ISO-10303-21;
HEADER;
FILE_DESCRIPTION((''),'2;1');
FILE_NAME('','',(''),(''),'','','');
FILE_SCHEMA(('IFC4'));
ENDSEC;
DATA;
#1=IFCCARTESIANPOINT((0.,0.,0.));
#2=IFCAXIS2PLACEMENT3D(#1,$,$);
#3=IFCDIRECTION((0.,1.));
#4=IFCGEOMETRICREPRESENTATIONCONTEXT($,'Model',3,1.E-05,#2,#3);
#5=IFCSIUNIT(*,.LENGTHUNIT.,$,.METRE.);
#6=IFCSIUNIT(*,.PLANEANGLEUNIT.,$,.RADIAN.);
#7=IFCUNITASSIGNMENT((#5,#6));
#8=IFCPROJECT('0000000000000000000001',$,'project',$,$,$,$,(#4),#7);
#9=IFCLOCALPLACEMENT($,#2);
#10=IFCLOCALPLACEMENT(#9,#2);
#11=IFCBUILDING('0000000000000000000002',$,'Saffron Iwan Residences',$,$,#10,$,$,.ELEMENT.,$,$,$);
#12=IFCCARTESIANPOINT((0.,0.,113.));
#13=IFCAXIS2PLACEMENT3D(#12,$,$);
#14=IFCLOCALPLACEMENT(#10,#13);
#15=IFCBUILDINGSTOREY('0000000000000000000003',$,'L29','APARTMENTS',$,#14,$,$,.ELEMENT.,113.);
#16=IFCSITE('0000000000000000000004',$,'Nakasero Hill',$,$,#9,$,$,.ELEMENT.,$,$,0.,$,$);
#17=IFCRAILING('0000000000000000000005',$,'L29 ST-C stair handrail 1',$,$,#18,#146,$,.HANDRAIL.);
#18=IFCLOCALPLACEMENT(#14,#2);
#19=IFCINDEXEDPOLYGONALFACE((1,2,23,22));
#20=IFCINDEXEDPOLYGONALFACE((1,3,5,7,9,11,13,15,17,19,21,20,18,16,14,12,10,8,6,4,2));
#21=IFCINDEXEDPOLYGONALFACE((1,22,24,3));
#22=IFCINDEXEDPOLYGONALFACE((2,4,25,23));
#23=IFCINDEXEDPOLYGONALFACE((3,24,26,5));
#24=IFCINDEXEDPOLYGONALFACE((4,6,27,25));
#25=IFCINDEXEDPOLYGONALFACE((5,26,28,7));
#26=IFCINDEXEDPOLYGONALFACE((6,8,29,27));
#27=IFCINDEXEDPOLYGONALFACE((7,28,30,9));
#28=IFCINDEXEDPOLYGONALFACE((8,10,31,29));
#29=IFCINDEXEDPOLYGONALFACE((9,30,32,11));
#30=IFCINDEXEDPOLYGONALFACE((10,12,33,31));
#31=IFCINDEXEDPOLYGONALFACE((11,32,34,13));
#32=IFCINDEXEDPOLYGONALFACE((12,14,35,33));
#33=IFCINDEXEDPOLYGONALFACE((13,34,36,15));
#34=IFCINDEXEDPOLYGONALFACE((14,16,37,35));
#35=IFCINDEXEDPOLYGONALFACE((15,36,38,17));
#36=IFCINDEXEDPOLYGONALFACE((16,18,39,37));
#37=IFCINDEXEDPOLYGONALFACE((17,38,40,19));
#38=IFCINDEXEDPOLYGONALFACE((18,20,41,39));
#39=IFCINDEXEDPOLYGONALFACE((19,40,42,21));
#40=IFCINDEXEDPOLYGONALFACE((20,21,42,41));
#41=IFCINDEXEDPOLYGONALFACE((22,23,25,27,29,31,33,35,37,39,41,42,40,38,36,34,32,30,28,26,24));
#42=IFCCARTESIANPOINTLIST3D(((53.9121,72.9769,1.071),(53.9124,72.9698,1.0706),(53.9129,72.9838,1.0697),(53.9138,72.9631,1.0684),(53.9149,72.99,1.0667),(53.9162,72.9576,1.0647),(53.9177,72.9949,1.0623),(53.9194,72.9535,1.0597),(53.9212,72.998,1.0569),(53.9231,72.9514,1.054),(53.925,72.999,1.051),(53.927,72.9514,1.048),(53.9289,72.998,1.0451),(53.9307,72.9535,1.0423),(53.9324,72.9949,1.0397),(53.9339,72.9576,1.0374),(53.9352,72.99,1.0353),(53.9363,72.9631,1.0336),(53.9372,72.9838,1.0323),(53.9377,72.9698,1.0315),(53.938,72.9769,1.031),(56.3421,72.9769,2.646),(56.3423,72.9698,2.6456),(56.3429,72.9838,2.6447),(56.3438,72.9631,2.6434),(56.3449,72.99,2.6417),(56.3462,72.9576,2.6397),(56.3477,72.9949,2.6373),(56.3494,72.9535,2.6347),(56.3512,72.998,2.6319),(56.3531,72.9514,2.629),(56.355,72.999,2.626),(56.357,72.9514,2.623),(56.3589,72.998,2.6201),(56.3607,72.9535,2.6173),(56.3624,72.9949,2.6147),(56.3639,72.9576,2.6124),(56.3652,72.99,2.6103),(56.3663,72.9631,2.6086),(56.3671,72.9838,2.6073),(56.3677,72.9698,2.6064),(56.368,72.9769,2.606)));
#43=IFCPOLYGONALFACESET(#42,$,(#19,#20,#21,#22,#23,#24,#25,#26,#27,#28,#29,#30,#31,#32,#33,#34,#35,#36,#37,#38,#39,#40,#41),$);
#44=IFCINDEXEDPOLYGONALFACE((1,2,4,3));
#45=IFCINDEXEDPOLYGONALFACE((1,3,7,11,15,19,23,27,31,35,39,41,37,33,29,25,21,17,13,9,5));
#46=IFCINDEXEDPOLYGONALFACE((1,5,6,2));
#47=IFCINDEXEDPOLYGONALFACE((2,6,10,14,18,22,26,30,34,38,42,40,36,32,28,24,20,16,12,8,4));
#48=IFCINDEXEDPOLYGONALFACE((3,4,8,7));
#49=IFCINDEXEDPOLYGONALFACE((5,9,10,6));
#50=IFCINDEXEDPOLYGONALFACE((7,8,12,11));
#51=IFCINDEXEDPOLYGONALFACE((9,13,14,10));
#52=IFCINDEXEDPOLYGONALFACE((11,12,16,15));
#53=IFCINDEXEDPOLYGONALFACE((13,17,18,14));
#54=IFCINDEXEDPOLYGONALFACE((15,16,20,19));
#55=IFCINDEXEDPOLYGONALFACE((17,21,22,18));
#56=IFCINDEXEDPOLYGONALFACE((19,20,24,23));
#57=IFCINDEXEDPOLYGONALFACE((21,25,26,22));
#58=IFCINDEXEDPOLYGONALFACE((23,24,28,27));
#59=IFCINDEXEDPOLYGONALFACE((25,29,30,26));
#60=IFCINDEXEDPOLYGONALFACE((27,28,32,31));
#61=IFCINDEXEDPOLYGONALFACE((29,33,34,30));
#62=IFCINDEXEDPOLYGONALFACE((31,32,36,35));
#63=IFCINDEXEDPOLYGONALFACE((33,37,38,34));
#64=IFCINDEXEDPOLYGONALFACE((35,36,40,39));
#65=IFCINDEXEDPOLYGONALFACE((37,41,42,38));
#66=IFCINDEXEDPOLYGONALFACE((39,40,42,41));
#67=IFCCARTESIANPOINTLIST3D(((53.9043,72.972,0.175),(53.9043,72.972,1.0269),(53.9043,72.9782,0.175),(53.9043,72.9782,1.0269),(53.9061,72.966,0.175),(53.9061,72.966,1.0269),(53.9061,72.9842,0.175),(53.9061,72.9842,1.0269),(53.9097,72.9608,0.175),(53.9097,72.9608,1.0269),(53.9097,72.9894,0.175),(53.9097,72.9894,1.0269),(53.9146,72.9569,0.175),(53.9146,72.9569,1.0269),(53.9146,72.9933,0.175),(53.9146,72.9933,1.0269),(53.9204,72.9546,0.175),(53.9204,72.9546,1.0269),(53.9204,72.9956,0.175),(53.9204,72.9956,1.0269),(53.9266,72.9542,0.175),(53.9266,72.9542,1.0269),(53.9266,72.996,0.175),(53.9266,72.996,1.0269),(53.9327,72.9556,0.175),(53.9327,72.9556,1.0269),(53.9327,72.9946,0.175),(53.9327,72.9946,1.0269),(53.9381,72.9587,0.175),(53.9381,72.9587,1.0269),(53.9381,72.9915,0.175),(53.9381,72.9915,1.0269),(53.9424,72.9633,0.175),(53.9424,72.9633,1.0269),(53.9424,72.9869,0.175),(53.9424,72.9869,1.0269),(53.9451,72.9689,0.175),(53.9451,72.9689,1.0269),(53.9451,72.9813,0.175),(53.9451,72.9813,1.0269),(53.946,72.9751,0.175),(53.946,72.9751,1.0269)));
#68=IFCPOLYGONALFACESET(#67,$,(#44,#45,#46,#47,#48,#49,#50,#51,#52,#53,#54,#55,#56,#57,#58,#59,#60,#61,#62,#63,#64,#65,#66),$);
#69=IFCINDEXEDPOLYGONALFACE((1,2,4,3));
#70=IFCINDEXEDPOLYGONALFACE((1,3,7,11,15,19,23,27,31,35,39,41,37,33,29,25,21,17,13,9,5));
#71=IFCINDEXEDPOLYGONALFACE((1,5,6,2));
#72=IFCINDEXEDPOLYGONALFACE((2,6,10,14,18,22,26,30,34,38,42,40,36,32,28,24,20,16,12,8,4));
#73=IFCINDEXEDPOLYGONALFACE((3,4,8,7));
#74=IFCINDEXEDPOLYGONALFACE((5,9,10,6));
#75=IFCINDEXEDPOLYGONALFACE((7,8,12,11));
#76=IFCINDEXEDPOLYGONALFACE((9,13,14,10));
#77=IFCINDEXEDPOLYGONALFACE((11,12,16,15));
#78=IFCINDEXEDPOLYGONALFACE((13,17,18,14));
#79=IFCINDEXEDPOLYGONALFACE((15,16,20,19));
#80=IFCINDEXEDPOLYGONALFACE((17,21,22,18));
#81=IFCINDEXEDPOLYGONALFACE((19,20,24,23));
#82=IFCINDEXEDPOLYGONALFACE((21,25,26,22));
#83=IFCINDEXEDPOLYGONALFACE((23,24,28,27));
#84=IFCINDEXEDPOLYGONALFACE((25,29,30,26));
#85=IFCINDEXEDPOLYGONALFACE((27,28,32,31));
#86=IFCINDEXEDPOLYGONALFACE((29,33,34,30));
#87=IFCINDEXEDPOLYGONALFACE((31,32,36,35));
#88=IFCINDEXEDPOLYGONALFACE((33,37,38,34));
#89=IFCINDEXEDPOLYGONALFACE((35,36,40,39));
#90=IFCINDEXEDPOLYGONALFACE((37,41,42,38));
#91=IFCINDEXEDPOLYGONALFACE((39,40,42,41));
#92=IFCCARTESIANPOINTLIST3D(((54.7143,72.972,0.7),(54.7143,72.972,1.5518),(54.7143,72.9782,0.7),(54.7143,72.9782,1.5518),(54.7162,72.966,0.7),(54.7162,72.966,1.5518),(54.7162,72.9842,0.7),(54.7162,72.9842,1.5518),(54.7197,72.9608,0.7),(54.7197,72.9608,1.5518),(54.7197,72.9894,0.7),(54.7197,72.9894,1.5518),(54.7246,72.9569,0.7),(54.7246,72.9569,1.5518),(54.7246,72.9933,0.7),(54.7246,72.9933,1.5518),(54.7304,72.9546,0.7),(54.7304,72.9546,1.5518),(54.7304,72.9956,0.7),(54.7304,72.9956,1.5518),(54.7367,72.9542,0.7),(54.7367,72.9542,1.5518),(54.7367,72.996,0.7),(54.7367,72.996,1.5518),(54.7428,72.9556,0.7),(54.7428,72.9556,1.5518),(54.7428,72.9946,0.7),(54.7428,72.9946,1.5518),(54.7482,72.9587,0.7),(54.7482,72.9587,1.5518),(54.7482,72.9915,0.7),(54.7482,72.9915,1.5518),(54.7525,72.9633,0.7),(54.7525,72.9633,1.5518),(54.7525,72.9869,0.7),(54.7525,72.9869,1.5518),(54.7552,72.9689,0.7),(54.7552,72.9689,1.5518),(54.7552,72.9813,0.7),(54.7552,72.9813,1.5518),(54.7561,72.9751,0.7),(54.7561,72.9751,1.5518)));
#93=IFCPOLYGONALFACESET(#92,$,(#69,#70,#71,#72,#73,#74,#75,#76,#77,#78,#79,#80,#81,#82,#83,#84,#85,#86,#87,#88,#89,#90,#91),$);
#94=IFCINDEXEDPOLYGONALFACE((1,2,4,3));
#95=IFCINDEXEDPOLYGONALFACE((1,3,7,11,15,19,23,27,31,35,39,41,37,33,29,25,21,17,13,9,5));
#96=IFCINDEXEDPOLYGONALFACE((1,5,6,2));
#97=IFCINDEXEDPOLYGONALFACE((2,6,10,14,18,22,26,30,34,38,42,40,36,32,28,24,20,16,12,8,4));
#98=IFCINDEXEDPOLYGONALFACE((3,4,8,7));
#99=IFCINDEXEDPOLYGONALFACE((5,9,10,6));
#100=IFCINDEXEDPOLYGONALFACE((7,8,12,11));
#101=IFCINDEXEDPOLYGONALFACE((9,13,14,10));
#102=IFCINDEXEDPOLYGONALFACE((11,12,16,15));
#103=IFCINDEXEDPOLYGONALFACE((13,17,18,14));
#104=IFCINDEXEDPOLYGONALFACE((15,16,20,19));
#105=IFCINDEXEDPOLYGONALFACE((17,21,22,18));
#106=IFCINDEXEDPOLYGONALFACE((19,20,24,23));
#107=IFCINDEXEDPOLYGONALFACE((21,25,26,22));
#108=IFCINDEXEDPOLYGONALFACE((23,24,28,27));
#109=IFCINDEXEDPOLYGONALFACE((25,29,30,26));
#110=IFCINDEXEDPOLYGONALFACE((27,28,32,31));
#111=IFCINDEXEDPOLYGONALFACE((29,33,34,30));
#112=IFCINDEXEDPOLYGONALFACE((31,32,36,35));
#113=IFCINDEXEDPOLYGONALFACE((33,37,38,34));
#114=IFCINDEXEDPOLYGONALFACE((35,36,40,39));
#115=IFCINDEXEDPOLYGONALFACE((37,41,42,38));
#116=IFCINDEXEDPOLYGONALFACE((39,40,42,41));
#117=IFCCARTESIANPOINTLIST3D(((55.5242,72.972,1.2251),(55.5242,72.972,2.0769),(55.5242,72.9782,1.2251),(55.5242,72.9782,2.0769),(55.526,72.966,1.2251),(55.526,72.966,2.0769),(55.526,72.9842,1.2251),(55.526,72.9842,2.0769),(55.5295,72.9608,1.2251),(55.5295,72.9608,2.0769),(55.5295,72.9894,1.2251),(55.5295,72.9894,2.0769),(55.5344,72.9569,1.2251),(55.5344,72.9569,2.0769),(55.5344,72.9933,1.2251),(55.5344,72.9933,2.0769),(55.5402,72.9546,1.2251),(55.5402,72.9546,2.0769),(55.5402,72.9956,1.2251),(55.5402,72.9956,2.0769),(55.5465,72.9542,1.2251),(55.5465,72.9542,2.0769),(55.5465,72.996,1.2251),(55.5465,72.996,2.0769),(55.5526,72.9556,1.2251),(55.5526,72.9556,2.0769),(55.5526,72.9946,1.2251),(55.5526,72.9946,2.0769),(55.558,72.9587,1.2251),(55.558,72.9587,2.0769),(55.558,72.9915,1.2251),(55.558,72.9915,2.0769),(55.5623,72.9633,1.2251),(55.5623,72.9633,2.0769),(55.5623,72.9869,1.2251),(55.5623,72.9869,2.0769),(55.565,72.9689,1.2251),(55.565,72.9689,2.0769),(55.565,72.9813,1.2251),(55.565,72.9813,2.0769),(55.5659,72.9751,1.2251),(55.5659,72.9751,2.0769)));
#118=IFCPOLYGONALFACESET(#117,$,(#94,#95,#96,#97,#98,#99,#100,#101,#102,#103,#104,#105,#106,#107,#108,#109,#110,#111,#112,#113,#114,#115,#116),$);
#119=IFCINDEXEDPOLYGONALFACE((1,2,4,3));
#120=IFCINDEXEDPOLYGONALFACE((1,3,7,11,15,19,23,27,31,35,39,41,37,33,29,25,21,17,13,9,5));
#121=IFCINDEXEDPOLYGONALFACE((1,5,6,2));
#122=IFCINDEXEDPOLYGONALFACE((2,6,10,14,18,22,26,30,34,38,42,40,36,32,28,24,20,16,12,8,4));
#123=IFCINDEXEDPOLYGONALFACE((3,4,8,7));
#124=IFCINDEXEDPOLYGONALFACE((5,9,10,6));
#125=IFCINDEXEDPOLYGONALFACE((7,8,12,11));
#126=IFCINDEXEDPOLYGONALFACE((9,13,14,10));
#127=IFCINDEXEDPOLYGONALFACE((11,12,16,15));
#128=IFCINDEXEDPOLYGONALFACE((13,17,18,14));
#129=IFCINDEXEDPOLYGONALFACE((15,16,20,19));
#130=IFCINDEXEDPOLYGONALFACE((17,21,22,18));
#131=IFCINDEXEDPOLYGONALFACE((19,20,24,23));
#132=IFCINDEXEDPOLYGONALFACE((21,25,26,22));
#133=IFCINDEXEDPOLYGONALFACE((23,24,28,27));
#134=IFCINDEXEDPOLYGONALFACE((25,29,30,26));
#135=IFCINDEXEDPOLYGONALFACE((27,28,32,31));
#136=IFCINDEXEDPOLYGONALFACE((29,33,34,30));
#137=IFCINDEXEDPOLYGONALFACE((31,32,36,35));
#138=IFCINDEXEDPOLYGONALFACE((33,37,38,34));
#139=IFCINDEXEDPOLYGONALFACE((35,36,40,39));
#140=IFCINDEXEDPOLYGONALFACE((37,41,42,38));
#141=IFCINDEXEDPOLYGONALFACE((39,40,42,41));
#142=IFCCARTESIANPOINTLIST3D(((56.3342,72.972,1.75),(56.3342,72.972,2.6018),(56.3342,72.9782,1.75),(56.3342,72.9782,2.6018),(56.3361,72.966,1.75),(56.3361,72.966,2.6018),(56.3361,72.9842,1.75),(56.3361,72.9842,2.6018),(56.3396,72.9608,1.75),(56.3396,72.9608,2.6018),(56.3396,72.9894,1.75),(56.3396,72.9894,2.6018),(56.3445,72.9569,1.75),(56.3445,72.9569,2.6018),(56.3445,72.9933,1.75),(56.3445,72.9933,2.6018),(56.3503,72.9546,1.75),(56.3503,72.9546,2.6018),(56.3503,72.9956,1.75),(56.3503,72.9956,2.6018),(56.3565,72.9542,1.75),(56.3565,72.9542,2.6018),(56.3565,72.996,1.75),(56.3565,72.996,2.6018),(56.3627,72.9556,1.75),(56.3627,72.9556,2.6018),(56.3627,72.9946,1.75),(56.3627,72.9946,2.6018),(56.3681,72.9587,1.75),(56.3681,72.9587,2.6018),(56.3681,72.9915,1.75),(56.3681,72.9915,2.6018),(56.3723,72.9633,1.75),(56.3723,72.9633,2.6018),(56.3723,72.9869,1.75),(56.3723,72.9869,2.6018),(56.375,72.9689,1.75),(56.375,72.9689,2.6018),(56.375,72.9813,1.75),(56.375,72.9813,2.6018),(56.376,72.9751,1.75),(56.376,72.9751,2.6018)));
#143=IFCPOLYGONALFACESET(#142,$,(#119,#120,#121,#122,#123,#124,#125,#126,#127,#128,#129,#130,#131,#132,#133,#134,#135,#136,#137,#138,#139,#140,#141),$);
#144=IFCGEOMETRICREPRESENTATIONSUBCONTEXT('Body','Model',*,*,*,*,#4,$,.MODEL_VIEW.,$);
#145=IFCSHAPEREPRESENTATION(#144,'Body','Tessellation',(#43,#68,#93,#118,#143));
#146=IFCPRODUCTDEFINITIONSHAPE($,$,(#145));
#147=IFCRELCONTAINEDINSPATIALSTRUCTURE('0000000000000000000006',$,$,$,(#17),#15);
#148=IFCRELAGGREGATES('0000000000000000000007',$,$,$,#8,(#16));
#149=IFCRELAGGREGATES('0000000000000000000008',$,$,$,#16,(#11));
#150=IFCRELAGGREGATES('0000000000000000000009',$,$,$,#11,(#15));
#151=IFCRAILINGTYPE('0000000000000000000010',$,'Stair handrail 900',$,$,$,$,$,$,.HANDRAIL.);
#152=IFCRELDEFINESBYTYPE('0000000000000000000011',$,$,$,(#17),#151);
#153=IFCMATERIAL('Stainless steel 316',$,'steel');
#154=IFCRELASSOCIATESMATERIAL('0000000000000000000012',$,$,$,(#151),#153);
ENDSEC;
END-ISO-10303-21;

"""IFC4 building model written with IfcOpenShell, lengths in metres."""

from ifc_helpers import new_model, si_unit, direction, frame, origin, origin_2d, place, context, subcontext, project, spatial, circle, extrude, material, type_object, element, save


model = new_model("IFC4")

# Units and contexts
model_context = context("Model", 3, precision=1e-05, world=origin(), true_north=direction((0.0, 1.0)))
body_context = subcontext(model_context, "Body", "Model", "MODEL_VIEW")
ifc_project = project(units=[si_unit("LENGTHUNIT", "METRE"), si_unit("PLANEANGLEUNIT", "RADIAN")], contexts=[model_context])

# Site, building, storey
site_placement = place(None, origin())
site = spatial("IfcSite", under=ifc_project, at=site_placement, Name="Nakasero Hill", CompositionType="ELEMENT", RefElevation=0.0)
building_placement = place(site_placement, origin())
building = spatial("IfcBuilding", under=site, at=building_placement, Name="Saffron Iwan Residences", CompositionType="ELEMENT")
storey_placement = place(building_placement, frame((0.0, 0.0, 113.0)))
storey = spatial("IfcBuildingStorey", under=building, at=storey_placement, Name="L29", Description="APARTMENTS", CompositionType="ELEMENT", Elevation=113.0)

# Railing
ifc_material_1 = material(Name="Stainless steel 316", Category="steel")
railing_type_1 = type_object("IfcRailingType", Name="Stair handrail 900", PredefinedType="HANDRAIL", material=ifc_material_1)
railing_1_placement = place(storey_placement, frame((53.925, 72.9751, 0.175)))
element("IfcRailing", 1, at=railing_1_placement, inside=storey, type_object=railing_type_1, Name="L29 ST-C stair handrail 1", PredefinedType="HANDRAIL", context=body_context, shape_type="SweptSolid", body=[
    extrude(circle(Radius=0.0239, at=origin_2d()), frame((0.0, 0.0, 0.876), z_axis=(0.839154, 0.0, 0.543894), x_axis=(0.0, 1.0, 0.0)), (0.0, 0.0, 1.0), 2.8958),
    extrude(circle(Radius=0.021, at=origin_2d()), origin(), (0.0, 0.0, 1.0), 0.8518),
    extrude(circle(Radius=0.021, at=origin_2d()), frame((0.8101, 0.0, 0.5249)), (0.0, 0.0, 1.0), 0.8518),
    extrude(circle(Radius=0.021, at=origin_2d()), frame((1.6199, 0.0, 1.05)), (0.0, 0.0, 1.0), 0.8518),
    extrude(circle(Radius=0.021, at=origin_2d()), frame((2.4299, 0.0, 1.575)), (0.0, 0.0, 1.0), 0.8518),
])

save(model, "model.ifc")
